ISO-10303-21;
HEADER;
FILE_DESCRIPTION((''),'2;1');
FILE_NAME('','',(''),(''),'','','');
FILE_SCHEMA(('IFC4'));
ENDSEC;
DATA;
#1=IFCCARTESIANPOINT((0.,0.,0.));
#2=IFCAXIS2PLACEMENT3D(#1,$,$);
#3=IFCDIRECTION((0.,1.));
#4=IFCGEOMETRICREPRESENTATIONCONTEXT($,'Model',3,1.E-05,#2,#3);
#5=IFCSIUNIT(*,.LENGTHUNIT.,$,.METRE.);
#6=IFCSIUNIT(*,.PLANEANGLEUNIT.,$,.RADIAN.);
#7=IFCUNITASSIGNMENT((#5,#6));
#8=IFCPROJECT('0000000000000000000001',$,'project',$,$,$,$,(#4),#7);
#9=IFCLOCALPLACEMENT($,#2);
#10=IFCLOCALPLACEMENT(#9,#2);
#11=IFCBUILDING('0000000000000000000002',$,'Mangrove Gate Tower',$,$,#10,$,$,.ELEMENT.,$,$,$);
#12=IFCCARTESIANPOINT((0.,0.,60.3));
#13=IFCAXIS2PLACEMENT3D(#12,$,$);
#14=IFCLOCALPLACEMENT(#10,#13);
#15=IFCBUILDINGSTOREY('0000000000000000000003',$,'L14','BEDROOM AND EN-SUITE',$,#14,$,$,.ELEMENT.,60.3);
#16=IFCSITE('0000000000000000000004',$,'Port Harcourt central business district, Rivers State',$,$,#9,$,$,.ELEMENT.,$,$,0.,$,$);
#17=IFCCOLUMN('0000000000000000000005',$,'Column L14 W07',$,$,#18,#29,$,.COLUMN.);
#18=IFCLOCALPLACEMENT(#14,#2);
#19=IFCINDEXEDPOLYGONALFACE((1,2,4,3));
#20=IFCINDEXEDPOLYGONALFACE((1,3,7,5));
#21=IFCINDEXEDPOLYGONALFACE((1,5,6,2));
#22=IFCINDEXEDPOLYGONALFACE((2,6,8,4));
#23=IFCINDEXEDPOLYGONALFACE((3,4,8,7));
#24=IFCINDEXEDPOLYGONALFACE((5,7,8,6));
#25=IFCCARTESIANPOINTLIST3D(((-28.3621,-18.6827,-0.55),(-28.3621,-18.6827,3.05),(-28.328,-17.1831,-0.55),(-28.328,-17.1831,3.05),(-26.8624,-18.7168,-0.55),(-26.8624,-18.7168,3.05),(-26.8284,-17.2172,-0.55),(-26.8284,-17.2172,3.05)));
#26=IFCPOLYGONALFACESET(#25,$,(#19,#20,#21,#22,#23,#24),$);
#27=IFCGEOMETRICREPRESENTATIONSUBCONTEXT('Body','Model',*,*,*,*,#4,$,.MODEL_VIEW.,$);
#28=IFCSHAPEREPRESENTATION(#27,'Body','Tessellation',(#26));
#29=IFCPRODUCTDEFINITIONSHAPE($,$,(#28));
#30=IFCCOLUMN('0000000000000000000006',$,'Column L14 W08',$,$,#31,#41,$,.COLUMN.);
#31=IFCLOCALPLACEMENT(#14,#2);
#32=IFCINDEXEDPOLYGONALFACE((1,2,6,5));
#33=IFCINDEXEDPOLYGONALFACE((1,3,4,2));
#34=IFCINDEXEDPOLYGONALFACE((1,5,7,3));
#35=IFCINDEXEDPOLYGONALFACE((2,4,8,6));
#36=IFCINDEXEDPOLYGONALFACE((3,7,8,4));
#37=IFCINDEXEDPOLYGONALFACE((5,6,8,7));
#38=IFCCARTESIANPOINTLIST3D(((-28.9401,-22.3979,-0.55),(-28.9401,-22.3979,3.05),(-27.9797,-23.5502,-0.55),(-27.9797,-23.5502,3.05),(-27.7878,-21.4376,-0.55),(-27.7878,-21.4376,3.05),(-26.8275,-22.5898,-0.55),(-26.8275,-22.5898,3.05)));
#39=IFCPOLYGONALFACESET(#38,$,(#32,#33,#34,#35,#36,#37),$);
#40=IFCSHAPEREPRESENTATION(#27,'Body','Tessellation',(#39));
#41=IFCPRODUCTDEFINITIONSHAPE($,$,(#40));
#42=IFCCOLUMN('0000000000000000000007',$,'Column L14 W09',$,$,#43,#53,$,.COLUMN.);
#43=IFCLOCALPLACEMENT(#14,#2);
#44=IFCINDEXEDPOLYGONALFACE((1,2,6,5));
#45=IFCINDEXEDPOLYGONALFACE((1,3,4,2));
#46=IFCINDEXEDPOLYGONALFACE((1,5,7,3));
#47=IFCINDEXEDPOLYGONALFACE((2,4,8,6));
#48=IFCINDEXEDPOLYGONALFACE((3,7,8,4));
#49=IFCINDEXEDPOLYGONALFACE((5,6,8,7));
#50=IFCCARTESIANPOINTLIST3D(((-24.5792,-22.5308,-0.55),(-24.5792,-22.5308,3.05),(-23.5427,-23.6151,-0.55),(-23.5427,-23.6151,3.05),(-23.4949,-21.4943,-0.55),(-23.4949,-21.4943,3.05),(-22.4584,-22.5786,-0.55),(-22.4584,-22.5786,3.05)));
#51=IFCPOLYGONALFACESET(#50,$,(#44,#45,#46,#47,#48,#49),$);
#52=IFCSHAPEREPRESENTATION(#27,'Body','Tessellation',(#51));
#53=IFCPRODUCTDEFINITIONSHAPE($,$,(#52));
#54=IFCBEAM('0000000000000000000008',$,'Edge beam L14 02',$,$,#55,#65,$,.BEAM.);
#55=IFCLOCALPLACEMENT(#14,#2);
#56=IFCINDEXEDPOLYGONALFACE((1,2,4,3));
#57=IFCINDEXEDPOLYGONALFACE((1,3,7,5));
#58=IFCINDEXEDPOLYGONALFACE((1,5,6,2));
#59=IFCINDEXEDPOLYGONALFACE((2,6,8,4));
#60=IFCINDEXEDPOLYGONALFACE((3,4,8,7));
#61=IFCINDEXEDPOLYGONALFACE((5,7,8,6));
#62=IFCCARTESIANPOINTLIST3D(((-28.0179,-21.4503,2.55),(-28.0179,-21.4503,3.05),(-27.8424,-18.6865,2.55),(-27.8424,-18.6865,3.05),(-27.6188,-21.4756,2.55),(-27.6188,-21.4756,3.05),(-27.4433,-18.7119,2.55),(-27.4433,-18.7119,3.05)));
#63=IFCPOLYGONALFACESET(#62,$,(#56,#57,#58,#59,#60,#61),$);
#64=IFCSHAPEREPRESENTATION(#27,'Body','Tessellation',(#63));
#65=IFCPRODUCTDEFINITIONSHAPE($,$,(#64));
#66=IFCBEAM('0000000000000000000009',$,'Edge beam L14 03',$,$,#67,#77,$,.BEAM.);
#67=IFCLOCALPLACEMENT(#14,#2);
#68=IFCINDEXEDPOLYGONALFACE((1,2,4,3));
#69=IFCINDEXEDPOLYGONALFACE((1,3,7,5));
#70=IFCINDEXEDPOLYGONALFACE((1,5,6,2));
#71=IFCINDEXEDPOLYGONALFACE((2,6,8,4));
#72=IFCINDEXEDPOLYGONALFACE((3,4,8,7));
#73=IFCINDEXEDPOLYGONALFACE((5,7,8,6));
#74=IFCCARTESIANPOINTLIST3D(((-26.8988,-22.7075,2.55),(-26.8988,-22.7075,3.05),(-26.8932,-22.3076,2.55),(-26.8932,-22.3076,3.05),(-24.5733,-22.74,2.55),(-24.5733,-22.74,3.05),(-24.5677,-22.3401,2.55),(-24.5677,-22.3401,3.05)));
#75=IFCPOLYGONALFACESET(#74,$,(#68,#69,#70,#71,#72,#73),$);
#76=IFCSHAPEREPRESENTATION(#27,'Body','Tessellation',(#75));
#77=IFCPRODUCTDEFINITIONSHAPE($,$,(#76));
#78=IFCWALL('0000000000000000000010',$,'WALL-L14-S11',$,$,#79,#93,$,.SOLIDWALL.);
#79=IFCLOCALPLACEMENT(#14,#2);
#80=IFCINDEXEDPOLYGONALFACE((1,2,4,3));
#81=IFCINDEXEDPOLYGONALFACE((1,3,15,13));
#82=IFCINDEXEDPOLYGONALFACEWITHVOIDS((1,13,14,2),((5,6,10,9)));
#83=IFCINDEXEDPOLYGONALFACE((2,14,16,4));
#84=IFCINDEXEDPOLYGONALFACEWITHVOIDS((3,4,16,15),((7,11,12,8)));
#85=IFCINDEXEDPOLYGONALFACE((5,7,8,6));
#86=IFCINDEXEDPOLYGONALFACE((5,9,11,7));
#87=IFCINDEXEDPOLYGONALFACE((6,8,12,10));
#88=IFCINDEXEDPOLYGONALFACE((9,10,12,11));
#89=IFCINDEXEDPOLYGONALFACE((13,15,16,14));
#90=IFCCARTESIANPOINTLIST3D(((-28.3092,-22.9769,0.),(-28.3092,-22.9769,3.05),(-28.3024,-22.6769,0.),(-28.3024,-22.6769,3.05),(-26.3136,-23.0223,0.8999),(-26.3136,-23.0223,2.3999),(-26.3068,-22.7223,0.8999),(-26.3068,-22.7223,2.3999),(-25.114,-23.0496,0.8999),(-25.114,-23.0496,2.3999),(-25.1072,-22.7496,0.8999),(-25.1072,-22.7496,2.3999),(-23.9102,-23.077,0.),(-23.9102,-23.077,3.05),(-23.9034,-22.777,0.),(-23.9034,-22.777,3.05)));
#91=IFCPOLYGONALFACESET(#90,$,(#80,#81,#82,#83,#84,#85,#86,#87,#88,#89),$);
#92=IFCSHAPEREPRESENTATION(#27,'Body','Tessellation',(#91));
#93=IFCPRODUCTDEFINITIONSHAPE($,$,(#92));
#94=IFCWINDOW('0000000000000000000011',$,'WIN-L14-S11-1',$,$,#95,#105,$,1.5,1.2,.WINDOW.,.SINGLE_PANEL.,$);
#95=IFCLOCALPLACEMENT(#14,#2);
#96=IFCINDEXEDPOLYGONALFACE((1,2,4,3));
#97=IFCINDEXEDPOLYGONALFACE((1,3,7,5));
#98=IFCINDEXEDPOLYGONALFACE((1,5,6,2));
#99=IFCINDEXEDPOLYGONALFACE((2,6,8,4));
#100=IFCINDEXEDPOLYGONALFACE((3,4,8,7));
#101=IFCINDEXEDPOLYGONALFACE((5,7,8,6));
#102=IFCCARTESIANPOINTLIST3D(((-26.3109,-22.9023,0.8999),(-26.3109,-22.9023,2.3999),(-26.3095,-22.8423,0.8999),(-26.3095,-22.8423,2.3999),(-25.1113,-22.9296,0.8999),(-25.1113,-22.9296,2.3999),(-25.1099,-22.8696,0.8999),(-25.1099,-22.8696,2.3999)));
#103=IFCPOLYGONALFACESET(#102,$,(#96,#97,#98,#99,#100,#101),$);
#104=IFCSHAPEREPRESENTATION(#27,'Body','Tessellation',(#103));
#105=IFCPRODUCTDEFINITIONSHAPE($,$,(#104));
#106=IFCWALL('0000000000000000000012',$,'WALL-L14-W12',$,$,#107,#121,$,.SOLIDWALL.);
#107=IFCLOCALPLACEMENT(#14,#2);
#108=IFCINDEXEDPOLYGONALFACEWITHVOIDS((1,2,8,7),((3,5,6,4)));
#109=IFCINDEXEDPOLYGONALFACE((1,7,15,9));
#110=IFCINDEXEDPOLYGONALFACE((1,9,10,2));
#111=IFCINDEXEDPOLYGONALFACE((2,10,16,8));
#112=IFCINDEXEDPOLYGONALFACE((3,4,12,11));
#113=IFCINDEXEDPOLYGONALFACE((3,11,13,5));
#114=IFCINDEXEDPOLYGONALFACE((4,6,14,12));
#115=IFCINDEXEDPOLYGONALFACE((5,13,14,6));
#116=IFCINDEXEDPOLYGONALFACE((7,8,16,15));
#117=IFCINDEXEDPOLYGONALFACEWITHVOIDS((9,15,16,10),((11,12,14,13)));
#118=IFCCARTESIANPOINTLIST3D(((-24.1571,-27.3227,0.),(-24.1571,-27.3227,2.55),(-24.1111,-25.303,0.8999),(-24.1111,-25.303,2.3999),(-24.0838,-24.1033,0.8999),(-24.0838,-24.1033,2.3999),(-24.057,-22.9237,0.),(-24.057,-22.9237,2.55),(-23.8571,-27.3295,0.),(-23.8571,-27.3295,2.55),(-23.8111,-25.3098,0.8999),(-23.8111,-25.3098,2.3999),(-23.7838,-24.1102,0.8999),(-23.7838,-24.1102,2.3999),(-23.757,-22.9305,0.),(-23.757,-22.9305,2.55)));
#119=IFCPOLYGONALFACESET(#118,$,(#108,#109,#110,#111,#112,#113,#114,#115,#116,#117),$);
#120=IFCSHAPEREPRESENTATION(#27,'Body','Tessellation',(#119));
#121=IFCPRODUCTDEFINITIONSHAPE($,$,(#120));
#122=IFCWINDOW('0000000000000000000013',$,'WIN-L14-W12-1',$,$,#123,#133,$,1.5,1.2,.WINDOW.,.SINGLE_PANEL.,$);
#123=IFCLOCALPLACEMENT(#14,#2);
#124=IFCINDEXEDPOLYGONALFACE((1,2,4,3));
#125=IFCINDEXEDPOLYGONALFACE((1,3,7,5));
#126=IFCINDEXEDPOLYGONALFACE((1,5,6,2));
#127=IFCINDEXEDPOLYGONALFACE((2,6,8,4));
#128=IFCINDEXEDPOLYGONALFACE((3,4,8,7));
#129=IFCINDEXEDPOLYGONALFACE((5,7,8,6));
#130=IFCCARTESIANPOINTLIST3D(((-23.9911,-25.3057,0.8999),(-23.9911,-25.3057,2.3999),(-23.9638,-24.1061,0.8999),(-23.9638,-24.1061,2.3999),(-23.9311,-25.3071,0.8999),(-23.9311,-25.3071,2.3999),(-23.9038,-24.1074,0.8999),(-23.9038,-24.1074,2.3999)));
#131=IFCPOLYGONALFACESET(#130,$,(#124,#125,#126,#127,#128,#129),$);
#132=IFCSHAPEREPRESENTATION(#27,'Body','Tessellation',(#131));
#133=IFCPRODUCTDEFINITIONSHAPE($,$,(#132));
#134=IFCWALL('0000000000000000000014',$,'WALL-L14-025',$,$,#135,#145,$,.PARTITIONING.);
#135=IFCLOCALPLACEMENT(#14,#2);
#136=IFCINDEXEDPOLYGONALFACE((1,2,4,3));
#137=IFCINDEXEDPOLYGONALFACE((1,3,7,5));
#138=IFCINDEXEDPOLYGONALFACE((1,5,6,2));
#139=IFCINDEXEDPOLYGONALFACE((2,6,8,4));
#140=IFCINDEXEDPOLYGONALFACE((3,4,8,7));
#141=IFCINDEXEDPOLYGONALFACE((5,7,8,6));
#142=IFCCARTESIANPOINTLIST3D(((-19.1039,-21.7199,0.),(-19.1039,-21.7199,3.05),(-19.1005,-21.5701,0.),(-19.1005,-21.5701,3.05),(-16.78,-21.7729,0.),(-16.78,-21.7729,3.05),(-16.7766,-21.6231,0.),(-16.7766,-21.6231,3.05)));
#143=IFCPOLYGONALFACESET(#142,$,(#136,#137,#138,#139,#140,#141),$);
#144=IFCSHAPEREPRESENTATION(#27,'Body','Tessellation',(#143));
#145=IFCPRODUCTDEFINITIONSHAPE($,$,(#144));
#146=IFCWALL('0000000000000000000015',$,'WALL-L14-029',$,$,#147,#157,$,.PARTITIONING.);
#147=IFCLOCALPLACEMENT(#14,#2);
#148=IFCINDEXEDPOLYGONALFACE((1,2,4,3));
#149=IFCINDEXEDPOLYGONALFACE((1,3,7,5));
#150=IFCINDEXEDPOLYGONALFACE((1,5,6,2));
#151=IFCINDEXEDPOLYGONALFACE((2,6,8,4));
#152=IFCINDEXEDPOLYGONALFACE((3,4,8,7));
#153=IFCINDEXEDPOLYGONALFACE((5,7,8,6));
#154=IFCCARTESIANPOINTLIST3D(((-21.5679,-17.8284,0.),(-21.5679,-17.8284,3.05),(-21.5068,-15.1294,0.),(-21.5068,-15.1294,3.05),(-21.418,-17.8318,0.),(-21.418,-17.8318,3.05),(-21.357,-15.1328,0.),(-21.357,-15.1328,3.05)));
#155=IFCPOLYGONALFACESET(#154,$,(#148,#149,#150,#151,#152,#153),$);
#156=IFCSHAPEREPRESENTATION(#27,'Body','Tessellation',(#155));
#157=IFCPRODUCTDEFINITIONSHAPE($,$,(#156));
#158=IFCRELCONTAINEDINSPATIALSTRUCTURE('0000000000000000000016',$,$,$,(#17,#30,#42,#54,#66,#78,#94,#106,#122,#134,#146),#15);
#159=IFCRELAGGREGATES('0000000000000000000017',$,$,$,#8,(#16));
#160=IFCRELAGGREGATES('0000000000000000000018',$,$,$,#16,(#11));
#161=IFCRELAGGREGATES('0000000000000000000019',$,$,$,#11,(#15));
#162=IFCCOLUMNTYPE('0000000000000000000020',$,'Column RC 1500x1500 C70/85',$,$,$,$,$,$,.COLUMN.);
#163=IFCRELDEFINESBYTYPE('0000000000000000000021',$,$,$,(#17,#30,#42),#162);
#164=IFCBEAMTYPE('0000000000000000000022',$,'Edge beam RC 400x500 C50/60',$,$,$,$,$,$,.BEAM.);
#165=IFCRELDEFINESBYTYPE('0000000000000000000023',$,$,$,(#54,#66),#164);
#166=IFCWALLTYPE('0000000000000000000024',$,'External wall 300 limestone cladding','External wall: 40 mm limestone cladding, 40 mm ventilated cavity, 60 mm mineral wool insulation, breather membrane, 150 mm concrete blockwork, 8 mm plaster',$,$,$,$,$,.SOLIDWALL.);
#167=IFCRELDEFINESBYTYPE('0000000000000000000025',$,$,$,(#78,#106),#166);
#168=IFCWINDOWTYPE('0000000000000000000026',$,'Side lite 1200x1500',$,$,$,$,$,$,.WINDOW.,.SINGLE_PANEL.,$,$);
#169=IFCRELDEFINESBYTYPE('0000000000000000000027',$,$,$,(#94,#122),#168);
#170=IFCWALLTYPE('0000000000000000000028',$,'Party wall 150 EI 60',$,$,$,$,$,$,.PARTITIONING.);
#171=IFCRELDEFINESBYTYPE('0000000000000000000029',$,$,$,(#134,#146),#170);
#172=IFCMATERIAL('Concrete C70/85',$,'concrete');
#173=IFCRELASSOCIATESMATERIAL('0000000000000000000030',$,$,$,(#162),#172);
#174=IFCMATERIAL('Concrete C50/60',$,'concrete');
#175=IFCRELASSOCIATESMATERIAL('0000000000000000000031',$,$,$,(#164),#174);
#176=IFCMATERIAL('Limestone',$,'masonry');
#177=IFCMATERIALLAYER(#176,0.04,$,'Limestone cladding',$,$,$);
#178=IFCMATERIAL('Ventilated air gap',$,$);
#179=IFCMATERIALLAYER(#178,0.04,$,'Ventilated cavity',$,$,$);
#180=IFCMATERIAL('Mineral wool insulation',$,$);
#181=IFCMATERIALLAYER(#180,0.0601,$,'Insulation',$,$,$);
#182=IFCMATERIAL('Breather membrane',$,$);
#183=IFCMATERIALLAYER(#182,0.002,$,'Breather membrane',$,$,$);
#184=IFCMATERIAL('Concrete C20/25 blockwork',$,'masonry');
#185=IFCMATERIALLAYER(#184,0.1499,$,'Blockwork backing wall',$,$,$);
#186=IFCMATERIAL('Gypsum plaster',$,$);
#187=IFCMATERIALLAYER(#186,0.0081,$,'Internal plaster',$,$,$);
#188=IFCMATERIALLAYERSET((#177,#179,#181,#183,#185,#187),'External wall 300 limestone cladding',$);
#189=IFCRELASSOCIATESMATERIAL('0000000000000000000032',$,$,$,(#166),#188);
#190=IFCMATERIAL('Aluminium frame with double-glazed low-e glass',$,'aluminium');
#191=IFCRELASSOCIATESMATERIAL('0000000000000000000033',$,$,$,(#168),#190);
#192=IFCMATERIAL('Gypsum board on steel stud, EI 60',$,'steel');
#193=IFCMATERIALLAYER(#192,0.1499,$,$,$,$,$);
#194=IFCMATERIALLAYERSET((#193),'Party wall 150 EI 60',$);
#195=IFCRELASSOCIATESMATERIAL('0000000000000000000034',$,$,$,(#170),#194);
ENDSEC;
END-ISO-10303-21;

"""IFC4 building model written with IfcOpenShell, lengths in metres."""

from ifc_helpers import new_model, si_unit, direction, frame, frame_2d, origin, origin_2d, place, context, subcontext, project, spatial, rectangle, extrude, material, layer, layer_set, material_profile, profile_set, type_object, element, fill, save


model = new_model("IFC4")

# Units and contexts
model_context = context("Model", 3, precision=1e-05, world=origin(), true_north=direction((0.0, 1.0)))
body_context = subcontext(model_context, "Body", "Model", "MODEL_VIEW")
ifc_project = project(units=[si_unit("LENGTHUNIT", "METRE"), si_unit("PLANEANGLEUNIT", "RADIAN")], contexts=[model_context])

# Site, building, storey
site_placement = place(None, origin())
site = spatial("IfcSite", under=ifc_project, at=site_placement, Name="Port Harcourt central business district, Rivers State", CompositionType="ELEMENT", RefElevation=0.0)
building_placement = place(site_placement, origin())
building = spatial("IfcBuilding", under=site, at=building_placement, Name="Mangrove Gate Tower", CompositionType="ELEMENT")
storey_placement = place(building_placement, frame((0.0, 0.0, 60.3)))
storey = spatial("IfcBuildingStorey", under=building, at=storey_placement, Name="L14", Description="BEDROOM AND EN-SUITE", CompositionType="ELEMENT", Elevation=60.3)

# Columns
ifc_material_1 = material(Name="Concrete C70/85", Category="concrete")
ifc_material_profile_1 = material_profile(ifc_material_1, rectangle(XDim=1.5, YDim=1.5, at=origin_2d()))
ifc_profile_set_1 = profile_set([ifc_material_profile_1], Name="Concrete C70/85")
column_type = type_object("IfcColumnType", Name="Column RC 1500x1500 C70/85", PredefinedType="COLUMN", material=ifc_profile_set_1)
for number, where, z_axis, x_axis, name in (
    (1, (-27.5952, -17.95, -0.55), (0.0, 0.0, 1.0), (-0.02271, -0.999742, 0.0), "Column L14 W07"),
    (2, (-27.8838, -22.4939, -0.55), (0.0, 0.0, 1.0), (0.640243, -0.768172, 0.0), "Column L14 W08"),
    (3, (-23.5188, -22.5547, -0.55), (0.0, 0.0, 1.0), (0.691018, -0.722837, 0.0), "Column L14 W09"),
):
    element("IfcColumn", number, at=place(storey_placement, frame(where, z_axis=z_axis, x_axis=x_axis)), inside=storey, type_object=column_type, Name=name, PredefinedType="COLUMN", context=body_context, shape_type="SweptSolid", body=[
        extrude(rectangle(XDim=1.5, YDim=1.5, at=origin_2d()), origin(), (0.0, 0.0, 1.0), 3.6001),
    ])

# Beams
ifc_material_2 = material(Name="Concrete C50/60", Category="concrete")
ifc_material_profile_2 = material_profile(ifc_material_2, rectangle(XDim=0.3999, YDim=0.5, at=origin_2d()))
ifc_profile_set_2 = profile_set([ifc_material_profile_2], Name="Concrete C50/60")
beam_type = type_object("IfcBeamType", Name="Edge beam RC 400x500 C50/60", PredefinedType="BEAM", material=ifc_profile_set_2)
beam_1_placement = place(storey_placement, frame((-27.6428, -18.6992, 2.8), z_axis=(-0.063388, -0.997989, 0.0), x_axis=(0.997989, -0.063388, 0.0)))
element("IfcBeam", 4, at=beam_1_placement, inside=storey, type_object=beam_type, Name="Edge beam L14 02", PredefinedType="BEAM", context=body_context, shape_type="SweptSolid", body=[
    extrude(rectangle(XDim=0.3999, YDim=0.5, at=origin_2d()), origin(), (0.0, 0.0, 1.0), 2.7693),
])
beam_2_placement = place(storey_placement, frame((-26.896, -22.5076, 2.8), z_axis=(0.999903, -0.013962, 0.0), x_axis=(0.013962, 0.999903, 0.0)))
element("IfcBeam", 5, at=beam_2_placement, inside=storey, type_object=beam_type, Name="Edge beam L14 03", PredefinedType="BEAM", context=body_context, shape_type="SweptSolid", body=[
    extrude(rectangle(XDim=0.3999, YDim=0.5, at=origin_2d()), origin(), (0.0, 0.0, 1.0), 2.3257),
])

# Walls, openings, windows
ifc_material_3 = material(Name="Limestone", Category="masonry")
ifc_layer_1 = layer(ifc_material_3, 0.04, Name="Limestone cladding")
ifc_material_4 = material(Name="Ventilated air gap")
ifc_layer_2 = layer(ifc_material_4, 0.04, Name="Ventilated cavity")
ifc_material_5 = material(Name="Mineral wool insulation")
ifc_layer_3 = layer(ifc_material_5, 0.0601, Name="Insulation")
ifc_material_6 = material(Name="Breather membrane")
ifc_layer_4 = layer(ifc_material_6, 0.002, Name="Breather membrane")
ifc_material_7 = material(Name="Concrete C20/25 blockwork", Category="masonry")
ifc_layer_5 = layer(ifc_material_7, 0.1499, Name="Blockwork backing wall")
ifc_material_8 = material(Name="Gypsum plaster")
ifc_layer_6 = layer(ifc_material_8, 0.0081, Name="Internal plaster")
ifc_layer_set_1 = layer_set([ifc_layer_1, ifc_layer_2, ifc_layer_3, ifc_layer_4, ifc_layer_5, ifc_layer_6], Name="External wall 300 limestone cladding")
wall_type_1 = type_object("IfcWallType", Name="External wall 300 limestone cladding", Description="External wall: 40 mm limestone cladding, 40 mm ventilated cavity, 60 mm mineral wool insulation, breather membrane, 150 mm concrete blockwork, 8 mm plaster", PredefinedType="SOLIDWALL", material=ifc_layer_set_1)
wall_1_placement = place(storey_placement, frame((-28.3059, -22.8269, 0.0), z_axis=(0.0, 0.0, 1.0), x_axis=(0.999741, -0.022749, 0.0)))
wall_1 = element("IfcWall", 6, at=wall_1_placement, inside=storey, type_object=wall_type_1, Name="WALL-L14-S11", PredefinedType="SOLIDWALL", context=body_context, shape_type="SweptSolid", body=[
    extrude(rectangle(XDim=4.4001, YDim=0.3, at=frame_2d((2.2002, 0.0))), origin(), (0.0, 0.0, 1.0), 3.05),
])
opening_1_placement = place(wall_1_placement, frame((1.9961, 0.0, 0.8999)))
opening_1 = element("IfcOpeningElement", 7, at=opening_1_placement, cuts=wall_1, PredefinedType="OPENING", context=body_context, shape_type="SweptSolid", body=[
    extrude(rectangle(XDim=1.2, YDim=1.5, at=frame_2d((0.6001, 0.75))), frame((0.0, 0.1599, 0.0), z_axis=(0.0, -1.0, 0.0), x_axis=(1.0, 0.0, 0.0)), (0.0, 0.0, 1.0), 0.3201),
])
ifc_material_9 = material(Name="Aluminium frame with double-glazed low-e glass", Category="aluminium")
window_type = type_object("IfcWindowType", Name="Side lite 1200x1500", PartitioningType="SINGLE_PANEL", PredefinedType="WINDOW", material=ifc_material_9)
window_1_placement = place(opening_1_placement, origin())
window_1 = element("IfcWindow", 8, at=window_1_placement, inside=storey, type_object=window_type, Name="WIN-L14-S11-1", OverallHeight=1.5, OverallWidth=1.2, PartitioningType="SINGLE_PANEL", PredefinedType="WINDOW", context=body_context, shape_type="SweptSolid", body=[
    extrude(rectangle(XDim=1.2, YDim=1.5, at=frame_2d((0.6001, 0.75))), frame((0.0, 0.03, 0.0), z_axis=(0.0, -1.0, 0.0), x_axis=(1.0, 0.0, 0.0)), (0.0, 0.0, 1.0), 0.0601),
])
fill(opening_1, window_1)
wall_2_placement = place(storey_placement, frame((-23.907, -22.927, 0.0), z_axis=(0.0, 0.0, 1.0), x_axis=(-0.022749, -0.999741, 0.0)))
wall_2 = element("IfcWall", 9, at=wall_2_placement, inside=storey, type_object=wall_type_1, Name="WALL-L14-W12", PredefinedType="SOLIDWALL", context=body_context, shape_type="SweptSolid", body=[
    extrude(rectangle(XDim=4.4001, YDim=0.3, at=frame_2d((2.2002, 0.0))), origin(), (0.0, 0.0, 1.0), 2.55),
])
opening_2_placement = place(wall_2_placement, frame((1.1799, 0.0, 0.8999)))
opening_2 = element("IfcOpeningElement", 10, at=opening_2_placement, cuts=wall_2, PredefinedType="OPENING", context=body_context, shape_type="SweptSolid", body=[
    extrude(rectangle(XDim=1.2, YDim=1.5, at=frame_2d((0.6001, 0.75))), frame((0.0, 0.1599, 0.0), z_axis=(0.0, -1.0, 0.0), x_axis=(1.0, 0.0, 0.0)), (0.0, 0.0, 1.0), 0.3201),
])
window_2_placement = place(opening_2_placement, origin())
window_2 = element("IfcWindow", 11, at=window_2_placement, inside=storey, type_object=window_type, Name="WIN-L14-W12-1", OverallHeight=1.5, OverallWidth=1.2, PartitioningType="SINGLE_PANEL", PredefinedType="WINDOW", context=body_context, shape_type="SweptSolid", body=[
    extrude(rectangle(XDim=1.2, YDim=1.5, at=frame_2d((0.6001, 0.75))), frame((0.0, 0.03, 0.0), z_axis=(0.0, -1.0, 0.0), x_axis=(1.0, 0.0, 0.0)), (0.0, 0.0, 1.0), 0.0601),
])
fill(opening_2, window_2)

# Walls
ifc_material_10 = material(Name="Gypsum board on steel stud, EI 60", Category="steel")
ifc_layer_7 = layer(ifc_material_10, 0.1499)
ifc_layer_set_2 = layer_set([ifc_layer_7], Name="Party wall 150 EI 60")
wall_type_2 = type_object("IfcWallType", Name="Party wall 150 EI 60", PredefinedType="PARTITIONING", material=ifc_layer_set_2)
wall_3_placement = place(storey_placement, frame((-19.1021, -21.645, 0.0), z_axis=(0.0, 0.0, 1.0), x_axis=(0.99974, -0.022791, 0.0)))
element("IfcWall", 12, at=wall_3_placement, inside=storey, type_object=wall_type_2, Name="WALL-L14-025", PredefinedType="PARTITIONING", context=body_context, shape_type="SweptSolid", body=[
    extrude(rectangle(XDim=2.3245, YDim=0.1499, at=frame_2d((1.1621, 0.0))), origin(), (0.0, 0.0, 1.0), 3.05),
])
wall_4_placement = place(storey_placement, frame((-21.4929, -17.8301, 0.0), z_axis=(0.0, 0.0, 1.0), x_axis=(0.022608, 0.999744, 0.0)))
element("IfcWall", 13, at=wall_4_placement, inside=storey, type_object=wall_type_2, Name="WALL-L14-029", PredefinedType="PARTITIONING", context=body_context, shape_type="SweptSolid", body=[
    extrude(rectangle(XDim=2.6997, YDim=0.1499, at=frame_2d((1.3499, 0.0))), origin(), (0.0, 0.0, 1.0), 3.05),
])

save(model, "model.ifc")
